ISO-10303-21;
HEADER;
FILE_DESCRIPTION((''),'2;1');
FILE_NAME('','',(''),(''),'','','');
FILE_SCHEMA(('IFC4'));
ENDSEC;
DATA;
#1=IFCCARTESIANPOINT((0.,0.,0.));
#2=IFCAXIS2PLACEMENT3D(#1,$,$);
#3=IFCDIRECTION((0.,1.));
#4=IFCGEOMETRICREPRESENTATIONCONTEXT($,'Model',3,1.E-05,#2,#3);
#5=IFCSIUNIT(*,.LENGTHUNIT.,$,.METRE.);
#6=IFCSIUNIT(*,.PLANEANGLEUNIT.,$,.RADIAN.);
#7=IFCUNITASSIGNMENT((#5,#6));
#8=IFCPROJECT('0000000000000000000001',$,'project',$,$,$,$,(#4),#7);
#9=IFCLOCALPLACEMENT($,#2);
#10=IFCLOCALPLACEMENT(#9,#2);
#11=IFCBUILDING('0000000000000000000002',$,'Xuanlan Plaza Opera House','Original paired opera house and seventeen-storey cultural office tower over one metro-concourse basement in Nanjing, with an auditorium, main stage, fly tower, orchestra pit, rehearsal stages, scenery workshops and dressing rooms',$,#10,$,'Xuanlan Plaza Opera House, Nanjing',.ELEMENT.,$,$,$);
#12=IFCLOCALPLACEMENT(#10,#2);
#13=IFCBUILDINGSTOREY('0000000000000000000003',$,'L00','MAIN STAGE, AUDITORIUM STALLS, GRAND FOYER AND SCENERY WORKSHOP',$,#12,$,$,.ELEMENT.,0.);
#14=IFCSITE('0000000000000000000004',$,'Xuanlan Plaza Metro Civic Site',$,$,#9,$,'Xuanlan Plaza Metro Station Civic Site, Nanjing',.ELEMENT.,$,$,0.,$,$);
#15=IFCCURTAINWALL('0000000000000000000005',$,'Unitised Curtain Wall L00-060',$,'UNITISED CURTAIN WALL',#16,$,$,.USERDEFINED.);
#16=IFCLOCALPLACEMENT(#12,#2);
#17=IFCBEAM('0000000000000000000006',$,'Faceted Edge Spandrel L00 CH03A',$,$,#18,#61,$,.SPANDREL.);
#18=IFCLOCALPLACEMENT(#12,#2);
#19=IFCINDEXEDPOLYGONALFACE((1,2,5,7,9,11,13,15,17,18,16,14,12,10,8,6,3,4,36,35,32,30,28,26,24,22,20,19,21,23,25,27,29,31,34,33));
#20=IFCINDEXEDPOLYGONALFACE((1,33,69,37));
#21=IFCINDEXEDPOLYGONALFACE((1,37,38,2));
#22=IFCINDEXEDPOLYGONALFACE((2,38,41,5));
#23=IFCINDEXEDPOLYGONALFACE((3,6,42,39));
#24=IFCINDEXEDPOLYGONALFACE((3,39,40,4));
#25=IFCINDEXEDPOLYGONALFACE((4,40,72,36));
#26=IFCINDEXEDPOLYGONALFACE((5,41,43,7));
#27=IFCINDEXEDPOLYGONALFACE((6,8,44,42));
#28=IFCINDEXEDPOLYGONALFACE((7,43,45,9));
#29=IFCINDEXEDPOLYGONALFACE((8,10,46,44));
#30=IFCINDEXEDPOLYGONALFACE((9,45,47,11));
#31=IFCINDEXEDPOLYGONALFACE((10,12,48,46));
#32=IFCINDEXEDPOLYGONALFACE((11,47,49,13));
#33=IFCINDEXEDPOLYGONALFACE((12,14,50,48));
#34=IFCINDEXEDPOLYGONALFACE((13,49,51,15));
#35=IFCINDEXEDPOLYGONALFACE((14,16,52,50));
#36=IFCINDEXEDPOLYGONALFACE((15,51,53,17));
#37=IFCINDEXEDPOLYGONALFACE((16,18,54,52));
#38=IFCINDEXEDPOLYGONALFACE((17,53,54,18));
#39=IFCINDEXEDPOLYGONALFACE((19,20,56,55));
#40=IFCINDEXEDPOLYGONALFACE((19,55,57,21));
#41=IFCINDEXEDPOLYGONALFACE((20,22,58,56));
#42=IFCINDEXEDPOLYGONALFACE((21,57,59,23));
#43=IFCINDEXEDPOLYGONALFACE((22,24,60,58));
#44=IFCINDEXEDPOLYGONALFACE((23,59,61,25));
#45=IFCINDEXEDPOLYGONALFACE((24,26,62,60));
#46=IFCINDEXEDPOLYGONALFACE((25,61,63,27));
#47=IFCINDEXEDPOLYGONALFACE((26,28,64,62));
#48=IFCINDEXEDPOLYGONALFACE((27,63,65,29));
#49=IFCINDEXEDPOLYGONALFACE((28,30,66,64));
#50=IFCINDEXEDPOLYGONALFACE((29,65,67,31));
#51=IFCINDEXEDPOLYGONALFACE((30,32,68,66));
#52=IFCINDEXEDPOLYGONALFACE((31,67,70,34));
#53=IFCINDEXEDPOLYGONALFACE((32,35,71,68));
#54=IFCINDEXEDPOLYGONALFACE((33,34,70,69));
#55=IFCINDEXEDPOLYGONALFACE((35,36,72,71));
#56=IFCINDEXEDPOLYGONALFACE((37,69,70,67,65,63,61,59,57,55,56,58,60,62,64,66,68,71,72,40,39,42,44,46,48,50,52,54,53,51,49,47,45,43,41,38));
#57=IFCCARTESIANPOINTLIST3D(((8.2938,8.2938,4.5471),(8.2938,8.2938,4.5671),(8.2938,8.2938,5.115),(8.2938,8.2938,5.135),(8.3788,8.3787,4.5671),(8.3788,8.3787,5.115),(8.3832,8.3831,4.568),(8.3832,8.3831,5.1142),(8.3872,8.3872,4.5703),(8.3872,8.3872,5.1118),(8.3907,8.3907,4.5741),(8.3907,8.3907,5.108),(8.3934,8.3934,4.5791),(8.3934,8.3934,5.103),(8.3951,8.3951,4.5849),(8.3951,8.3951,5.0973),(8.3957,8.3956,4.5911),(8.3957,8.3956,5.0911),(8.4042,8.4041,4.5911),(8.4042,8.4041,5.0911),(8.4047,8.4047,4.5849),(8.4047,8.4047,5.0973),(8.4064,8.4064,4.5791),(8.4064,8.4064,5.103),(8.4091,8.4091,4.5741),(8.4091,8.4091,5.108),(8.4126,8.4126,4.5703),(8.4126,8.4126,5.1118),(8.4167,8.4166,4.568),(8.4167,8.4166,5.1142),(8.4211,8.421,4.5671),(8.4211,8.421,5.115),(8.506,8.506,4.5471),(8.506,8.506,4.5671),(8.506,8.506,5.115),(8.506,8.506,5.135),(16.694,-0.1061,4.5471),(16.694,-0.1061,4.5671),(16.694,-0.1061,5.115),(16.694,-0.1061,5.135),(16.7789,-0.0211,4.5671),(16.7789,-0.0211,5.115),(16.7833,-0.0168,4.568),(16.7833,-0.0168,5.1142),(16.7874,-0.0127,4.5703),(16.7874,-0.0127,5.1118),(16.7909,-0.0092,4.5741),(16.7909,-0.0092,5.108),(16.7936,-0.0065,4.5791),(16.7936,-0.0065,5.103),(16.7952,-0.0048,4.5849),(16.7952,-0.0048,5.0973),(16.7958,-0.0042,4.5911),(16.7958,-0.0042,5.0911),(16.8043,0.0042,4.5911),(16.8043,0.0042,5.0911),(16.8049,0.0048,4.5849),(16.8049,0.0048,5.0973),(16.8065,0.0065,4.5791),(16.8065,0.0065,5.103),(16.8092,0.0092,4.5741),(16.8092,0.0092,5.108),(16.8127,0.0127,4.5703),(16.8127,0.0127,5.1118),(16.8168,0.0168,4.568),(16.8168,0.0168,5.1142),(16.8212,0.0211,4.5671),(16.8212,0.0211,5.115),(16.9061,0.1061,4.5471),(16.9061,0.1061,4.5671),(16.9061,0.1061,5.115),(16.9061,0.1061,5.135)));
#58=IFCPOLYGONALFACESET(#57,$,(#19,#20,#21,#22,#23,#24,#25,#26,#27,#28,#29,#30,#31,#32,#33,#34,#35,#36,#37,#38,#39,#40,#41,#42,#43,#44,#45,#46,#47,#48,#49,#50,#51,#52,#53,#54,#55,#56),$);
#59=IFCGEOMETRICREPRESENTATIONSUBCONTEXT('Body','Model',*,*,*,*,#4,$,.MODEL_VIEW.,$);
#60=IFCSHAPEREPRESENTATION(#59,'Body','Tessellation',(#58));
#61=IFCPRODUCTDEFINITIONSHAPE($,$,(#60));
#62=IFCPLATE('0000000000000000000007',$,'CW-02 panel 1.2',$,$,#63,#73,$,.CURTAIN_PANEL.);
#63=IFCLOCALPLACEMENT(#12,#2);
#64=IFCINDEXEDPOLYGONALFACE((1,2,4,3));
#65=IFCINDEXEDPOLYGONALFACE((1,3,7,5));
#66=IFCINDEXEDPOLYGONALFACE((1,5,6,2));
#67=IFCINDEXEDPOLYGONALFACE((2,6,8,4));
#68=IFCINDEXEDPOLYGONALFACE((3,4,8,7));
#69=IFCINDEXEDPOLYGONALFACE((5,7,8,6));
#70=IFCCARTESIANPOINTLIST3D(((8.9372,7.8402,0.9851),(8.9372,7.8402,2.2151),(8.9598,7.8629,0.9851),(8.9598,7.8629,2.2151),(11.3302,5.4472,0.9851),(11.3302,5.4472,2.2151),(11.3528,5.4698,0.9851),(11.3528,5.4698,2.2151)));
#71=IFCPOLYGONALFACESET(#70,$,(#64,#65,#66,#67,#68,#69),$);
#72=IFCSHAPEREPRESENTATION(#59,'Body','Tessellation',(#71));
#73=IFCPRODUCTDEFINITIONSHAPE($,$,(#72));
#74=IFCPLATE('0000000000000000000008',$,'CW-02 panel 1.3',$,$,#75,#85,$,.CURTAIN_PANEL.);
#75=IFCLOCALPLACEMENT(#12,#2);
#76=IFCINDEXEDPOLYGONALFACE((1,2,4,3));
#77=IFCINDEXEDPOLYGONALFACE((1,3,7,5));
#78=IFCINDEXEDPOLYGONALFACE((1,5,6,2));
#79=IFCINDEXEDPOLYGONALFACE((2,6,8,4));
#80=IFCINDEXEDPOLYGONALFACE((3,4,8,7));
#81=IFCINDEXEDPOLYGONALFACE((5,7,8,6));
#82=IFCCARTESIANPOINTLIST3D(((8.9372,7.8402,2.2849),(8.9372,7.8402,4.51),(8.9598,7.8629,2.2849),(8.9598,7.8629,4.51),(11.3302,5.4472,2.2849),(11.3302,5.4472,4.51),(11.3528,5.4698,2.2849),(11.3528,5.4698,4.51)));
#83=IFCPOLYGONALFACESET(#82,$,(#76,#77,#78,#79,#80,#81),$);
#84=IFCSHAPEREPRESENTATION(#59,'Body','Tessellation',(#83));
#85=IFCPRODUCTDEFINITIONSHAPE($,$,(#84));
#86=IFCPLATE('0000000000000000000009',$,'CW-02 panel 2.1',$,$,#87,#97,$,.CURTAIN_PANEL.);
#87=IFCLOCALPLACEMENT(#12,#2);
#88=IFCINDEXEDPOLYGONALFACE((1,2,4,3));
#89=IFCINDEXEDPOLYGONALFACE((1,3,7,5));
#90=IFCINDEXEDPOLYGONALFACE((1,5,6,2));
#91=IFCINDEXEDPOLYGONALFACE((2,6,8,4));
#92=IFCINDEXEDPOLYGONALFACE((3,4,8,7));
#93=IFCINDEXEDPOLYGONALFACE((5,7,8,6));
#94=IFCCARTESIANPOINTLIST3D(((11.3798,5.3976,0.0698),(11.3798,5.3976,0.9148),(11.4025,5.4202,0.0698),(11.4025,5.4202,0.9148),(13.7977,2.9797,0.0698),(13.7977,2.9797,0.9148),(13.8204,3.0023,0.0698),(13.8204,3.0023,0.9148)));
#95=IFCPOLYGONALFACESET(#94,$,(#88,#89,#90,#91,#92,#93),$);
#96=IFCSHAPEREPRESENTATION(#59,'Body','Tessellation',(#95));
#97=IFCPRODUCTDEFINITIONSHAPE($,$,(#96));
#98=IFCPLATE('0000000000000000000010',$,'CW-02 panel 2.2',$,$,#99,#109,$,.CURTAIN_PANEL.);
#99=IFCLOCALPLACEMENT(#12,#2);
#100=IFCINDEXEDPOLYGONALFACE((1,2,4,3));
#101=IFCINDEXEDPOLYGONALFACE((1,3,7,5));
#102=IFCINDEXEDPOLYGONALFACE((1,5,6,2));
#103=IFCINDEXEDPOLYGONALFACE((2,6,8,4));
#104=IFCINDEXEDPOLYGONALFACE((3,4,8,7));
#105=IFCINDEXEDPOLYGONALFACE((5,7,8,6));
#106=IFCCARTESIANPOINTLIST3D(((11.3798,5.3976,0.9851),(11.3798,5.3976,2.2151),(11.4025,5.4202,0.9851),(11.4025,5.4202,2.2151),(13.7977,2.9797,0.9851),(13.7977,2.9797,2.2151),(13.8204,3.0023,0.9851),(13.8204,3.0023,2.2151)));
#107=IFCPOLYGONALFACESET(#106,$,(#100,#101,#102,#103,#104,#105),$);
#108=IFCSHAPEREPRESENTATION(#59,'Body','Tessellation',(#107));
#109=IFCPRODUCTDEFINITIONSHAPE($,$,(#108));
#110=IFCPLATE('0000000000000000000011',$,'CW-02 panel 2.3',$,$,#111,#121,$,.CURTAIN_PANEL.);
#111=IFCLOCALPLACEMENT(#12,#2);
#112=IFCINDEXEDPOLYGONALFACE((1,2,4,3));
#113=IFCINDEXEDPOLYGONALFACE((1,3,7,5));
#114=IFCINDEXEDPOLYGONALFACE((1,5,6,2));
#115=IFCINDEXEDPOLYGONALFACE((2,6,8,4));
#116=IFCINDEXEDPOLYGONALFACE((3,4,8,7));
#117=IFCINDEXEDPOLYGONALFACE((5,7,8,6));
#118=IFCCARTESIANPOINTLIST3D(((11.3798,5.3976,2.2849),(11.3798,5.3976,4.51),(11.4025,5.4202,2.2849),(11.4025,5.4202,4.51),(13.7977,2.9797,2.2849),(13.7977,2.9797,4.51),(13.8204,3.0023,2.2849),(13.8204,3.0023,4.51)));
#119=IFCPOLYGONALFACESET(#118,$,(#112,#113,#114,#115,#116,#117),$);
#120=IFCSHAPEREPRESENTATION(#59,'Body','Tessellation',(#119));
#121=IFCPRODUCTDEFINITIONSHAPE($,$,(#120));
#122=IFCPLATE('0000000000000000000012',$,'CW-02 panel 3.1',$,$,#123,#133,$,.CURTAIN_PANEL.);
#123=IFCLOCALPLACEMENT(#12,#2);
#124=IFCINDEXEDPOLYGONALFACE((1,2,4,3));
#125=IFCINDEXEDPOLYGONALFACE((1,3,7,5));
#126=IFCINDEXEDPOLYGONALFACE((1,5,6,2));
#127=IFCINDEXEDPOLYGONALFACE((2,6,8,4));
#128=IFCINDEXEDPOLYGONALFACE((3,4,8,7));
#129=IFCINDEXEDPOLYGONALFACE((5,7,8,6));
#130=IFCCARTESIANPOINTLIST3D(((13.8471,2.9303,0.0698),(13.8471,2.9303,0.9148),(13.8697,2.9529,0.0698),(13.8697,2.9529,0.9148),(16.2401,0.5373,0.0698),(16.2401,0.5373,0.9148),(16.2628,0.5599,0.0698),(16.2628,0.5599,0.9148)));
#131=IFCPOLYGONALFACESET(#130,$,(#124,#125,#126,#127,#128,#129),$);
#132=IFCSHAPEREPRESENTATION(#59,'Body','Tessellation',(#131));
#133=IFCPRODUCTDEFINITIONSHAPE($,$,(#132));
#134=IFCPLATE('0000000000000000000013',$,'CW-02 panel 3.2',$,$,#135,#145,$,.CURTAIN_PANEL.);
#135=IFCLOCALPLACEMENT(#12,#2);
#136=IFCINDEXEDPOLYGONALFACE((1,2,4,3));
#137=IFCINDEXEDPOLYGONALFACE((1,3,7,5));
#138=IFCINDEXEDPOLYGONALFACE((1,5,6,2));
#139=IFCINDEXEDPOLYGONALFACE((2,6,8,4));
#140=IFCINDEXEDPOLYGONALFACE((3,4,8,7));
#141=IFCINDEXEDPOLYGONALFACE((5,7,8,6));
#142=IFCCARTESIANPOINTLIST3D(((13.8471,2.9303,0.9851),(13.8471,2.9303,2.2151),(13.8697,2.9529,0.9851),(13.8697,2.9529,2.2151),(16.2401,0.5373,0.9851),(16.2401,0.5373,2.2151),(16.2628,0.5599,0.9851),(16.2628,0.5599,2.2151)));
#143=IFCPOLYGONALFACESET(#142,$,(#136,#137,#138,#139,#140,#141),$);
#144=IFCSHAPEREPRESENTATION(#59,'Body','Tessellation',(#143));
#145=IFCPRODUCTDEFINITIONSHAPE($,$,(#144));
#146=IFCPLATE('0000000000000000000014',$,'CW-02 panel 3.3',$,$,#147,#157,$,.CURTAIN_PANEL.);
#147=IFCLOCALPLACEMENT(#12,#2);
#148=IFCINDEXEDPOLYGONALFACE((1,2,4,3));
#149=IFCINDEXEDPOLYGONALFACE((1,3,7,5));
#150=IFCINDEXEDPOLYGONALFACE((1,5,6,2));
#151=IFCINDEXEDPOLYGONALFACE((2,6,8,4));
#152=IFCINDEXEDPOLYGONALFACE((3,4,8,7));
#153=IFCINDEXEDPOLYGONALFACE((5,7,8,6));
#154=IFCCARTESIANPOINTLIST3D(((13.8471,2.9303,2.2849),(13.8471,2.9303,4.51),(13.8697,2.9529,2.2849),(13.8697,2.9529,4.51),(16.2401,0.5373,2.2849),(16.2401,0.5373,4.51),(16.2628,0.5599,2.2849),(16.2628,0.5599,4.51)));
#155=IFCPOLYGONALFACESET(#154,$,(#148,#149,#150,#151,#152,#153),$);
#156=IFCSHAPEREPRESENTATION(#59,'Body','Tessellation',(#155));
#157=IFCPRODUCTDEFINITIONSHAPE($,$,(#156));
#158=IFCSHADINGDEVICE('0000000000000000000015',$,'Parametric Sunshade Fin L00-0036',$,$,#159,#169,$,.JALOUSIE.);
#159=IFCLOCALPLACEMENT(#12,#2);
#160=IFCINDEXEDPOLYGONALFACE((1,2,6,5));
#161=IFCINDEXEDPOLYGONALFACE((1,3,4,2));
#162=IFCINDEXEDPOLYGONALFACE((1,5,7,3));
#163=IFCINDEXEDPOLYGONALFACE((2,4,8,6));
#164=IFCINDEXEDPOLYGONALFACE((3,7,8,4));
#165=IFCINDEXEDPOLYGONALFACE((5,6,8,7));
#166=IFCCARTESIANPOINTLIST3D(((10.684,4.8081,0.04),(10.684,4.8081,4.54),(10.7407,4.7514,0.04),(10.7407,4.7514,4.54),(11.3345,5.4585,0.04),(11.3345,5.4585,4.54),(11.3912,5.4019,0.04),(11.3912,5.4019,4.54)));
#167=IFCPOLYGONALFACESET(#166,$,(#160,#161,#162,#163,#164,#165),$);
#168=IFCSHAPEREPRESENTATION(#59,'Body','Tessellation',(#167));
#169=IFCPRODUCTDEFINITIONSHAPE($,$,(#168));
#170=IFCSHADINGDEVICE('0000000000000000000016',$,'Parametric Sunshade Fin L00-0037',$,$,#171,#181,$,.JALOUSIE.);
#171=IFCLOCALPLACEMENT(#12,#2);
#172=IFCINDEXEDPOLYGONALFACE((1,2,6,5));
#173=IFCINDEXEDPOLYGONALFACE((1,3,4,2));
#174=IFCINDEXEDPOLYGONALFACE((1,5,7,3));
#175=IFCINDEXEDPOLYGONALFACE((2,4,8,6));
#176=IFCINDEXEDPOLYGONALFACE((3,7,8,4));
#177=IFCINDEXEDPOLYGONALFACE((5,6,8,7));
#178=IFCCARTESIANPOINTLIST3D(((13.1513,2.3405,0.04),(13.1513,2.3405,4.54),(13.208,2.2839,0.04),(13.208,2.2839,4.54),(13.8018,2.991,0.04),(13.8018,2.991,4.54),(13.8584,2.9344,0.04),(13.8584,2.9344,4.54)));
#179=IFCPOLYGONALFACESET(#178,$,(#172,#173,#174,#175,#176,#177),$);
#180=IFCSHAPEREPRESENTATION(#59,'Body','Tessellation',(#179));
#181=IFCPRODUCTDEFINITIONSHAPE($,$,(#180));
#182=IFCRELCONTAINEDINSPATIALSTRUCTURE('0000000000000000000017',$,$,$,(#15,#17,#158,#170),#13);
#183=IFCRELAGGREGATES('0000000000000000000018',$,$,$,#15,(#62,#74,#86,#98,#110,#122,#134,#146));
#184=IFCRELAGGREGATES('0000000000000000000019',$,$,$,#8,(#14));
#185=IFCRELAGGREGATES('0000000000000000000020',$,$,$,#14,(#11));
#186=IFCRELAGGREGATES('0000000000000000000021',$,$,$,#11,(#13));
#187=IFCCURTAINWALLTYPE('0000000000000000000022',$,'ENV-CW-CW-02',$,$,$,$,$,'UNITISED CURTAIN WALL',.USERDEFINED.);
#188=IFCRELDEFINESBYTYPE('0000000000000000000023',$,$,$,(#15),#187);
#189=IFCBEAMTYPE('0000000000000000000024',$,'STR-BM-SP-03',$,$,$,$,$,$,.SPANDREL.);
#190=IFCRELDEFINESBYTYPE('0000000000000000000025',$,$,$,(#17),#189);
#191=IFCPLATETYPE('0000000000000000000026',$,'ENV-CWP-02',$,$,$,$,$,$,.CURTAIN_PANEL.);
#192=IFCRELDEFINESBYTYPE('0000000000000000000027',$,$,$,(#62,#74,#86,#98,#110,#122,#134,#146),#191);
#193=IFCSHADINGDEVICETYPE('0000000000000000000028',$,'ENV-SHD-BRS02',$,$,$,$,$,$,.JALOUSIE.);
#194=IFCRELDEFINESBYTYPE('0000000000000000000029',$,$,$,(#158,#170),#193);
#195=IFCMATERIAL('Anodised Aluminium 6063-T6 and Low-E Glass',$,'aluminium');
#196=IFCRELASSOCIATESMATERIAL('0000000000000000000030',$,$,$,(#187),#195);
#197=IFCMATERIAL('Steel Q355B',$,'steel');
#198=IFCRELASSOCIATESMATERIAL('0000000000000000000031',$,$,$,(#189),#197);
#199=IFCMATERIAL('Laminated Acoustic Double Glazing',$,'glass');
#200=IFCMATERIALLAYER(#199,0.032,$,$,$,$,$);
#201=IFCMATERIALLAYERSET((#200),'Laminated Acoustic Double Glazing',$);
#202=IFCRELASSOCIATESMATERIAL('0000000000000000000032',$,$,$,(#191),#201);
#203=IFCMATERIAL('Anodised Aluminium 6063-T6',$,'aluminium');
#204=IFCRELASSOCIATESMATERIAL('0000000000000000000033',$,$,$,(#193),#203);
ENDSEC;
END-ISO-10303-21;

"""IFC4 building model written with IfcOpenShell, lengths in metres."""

from ifc_helpers import new_model, si_unit, direction, frame, origin, origin_2d, place, context, subcontext, project, spatial, rectangle, i_section, extrude, material, layer, layer_set, material_profile, profile_set, type_object, element, aggregate, save


model = new_model("IFC4")

# Units and contexts
model_context = context("Model", 3, precision=1e-05, world=origin(), true_north=direction((0.0, 1.0)))
body_context = subcontext(model_context, "Body", "Model", "MODEL_VIEW")
ifc_project = project(units=[si_unit("LENGTHUNIT", "METRE"), si_unit("PLANEANGLEUNIT", "RADIAN")], contexts=[model_context])

# Site, building, storey
site_placement = place(None, origin())
site = spatial("IfcSite", under=ifc_project, at=site_placement, Name="Xuanlan Plaza Metro Civic Site", LongName="Xuanlan Plaza Metro Station Civic Site, Nanjing", CompositionType="ELEMENT", RefElevation=0.0)
building_placement = place(site_placement, origin())
building = spatial("IfcBuilding", under=site, at=building_placement, Name="Xuanlan Plaza Opera House", Description="Original paired opera house and seventeen-storey cultural office tower over one metro-concourse basement in Nanjing, with an auditorium, main stage, fly tower, orchestra pit, rehearsal stages, scenery workshops and dressing rooms", LongName="Xuanlan Plaza Opera House, Nanjing", CompositionType="ELEMENT")
storey_placement = place(building_placement, origin())
storey = spatial("IfcBuildingStorey", under=building, at=storey_placement, Name="L00", Description="MAIN STAGE, AUDITORIUM STALLS, GRAND FOYER AND SCENERY WORKSHOP", CompositionType="ELEMENT", Elevation=0.0)

# Curtain wall
ifc_material_1 = material(Name="Anodised Aluminium 6063-T6 and Low-E Glass", Category="aluminium")
curtain_wall_type = type_object("IfcCurtainWallType", Name="ENV-CW-CW-02", ElementType="UNITISED CURTAIN WALL", PredefinedType="USERDEFINED", material=ifc_material_1)
curtain_wall_placement = place(storey_placement, origin())
curtain_wall = element("IfcCurtainWall", 1, at=curtain_wall_placement, inside=storey, type_object=curtain_wall_type, Name="Unitised Curtain Wall L00-060", ObjectType="UNITISED CURTAIN WALL", PredefinedType="USERDEFINED")
ifc_material_2 = material(Name="Anodised Aluminium 6063-T6", Category="aluminium")

# Beam
ifc_material_3 = material(Name="Steel Q355B", Category="steel")
ifc_material_profile_1 = material_profile(ifc_material_3, i_section(OverallWidth=0.3, OverallDepth=0.5879, WebThickness=0.012, FlangeThickness=0.02, FilletRadius=0.0239, at=origin_2d()), Name="HM 588x300x12x20")
ifc_profile_set_1 = profile_set([ifc_material_profile_1], Name="Steel Q355B")
beam_type_1 = type_object("IfcBeamType", Name="STR-BM-SP-03", PredefinedType="SPANDREL", material=ifc_profile_set_1)
beam_1_placement = place(storey_placement, frame((16.8, 0.0, 4.8411), z_axis=(-0.707117, 0.707097, 0.0), x_axis=(-0.707097, -0.707117, 0.0)))
element("IfcBeam", 2, at=beam_1_placement, inside=storey, type_object=beam_type_1, Name="Faceted Edge Spandrel L00 CH03A", PredefinedType="SPANDREL", context=body_context, shape_type="SweptSolid", body=[
    extrude(i_section(OverallWidth=0.3, OverallDepth=0.5879, WebThickness=0.012, FlangeThickness=0.02, FilletRadius=0.0239, at=origin_2d()), origin(), (0.0, 0.0, 1.0), 11.8794),
])

# Plates
ifc_material_4 = material(Name="Laminated Acoustic Double Glazing", Category="glass")
ifc_layer_1 = layer(ifc_material_4, 0.032)
ifc_layer_set_1 = layer_set([ifc_layer_1], Name="Laminated Acoustic Double Glazing")
plate_type = type_object("IfcPlateType", Name="ENV-CWP-02", PredefinedType="CURTAIN_PANEL", material=ifc_layer_set_1)
plate_1_placement = place(storey_placement, frame((10.145, 6.655, 0.9851), z_axis=(0.0, 0.0, 1.0), x_axis=(0.707107, -0.707107, 0.0)))
plate_1 = element("IfcPlate", 3, at=plate_1_placement, type_object=plate_type, Name="CW-02 panel 1.2", PredefinedType="CURTAIN_PANEL", context=body_context, shape_type="SweptSolid", body=[
    extrude(rectangle(XDim=3.3843, YDim=0.032, at=origin_2d()), origin(), (0.0, 0.0, 1.0), 1.23),
])
plate_2_placement = place(storey_placement, frame((10.145, 6.655, 2.2849), z_axis=(0.0, 0.0, 1.0), x_axis=(0.707107, -0.707107, 0.0)))
plate_2 = element("IfcPlate", 4, at=plate_2_placement, type_object=plate_type, Name="CW-02 panel 1.3", PredefinedType="CURTAIN_PANEL", context=body_context, shape_type="SweptSolid", body=[
    extrude(rectangle(XDim=3.3843, YDim=0.032, at=origin_2d()), origin(), (0.0, 0.0, 1.0), 2.2251),
])
plate_3_placement = place(storey_placement, frame((12.6001, 4.2, 0.0698), z_axis=(0.0, 0.0, 1.0), x_axis=(0.707107, -0.707107, 0.0)))
plate_3 = element("IfcPlate", 5, at=plate_3_placement, type_object=plate_type, Name="CW-02 panel 2.1", PredefinedType="CURTAIN_PANEL", context=body_context, shape_type="SweptSolid", body=[
    extrude(rectangle(XDim=3.4194, YDim=0.032, at=origin_2d()), origin(), (0.0, 0.0, 1.0), 0.845),
])
plate_4_placement = place(storey_placement, frame((12.6001, 4.2, 0.9851), z_axis=(0.0, 0.0, 1.0), x_axis=(0.707107, -0.707107, 0.0)))
plate_4 = element("IfcPlate", 6, at=plate_4_placement, type_object=plate_type, Name="CW-02 panel 2.2", PredefinedType="CURTAIN_PANEL", context=body_context, shape_type="SweptSolid", body=[
    extrude(rectangle(XDim=3.4194, YDim=0.032, at=origin_2d()), origin(), (0.0, 0.0, 1.0), 1.23),
])
plate_5_placement = place(storey_placement, frame((12.6001, 4.2, 2.2849), z_axis=(0.0, 0.0, 1.0), x_axis=(0.707107, -0.707107, 0.0)))
plate_5 = element("IfcPlate", 7, at=plate_5_placement, type_object=plate_type, Name="CW-02 panel 2.3", PredefinedType="CURTAIN_PANEL", context=body_context, shape_type="SweptSolid", body=[
    extrude(rectangle(XDim=3.4194, YDim=0.032, at=origin_2d()), origin(), (0.0, 0.0, 1.0), 2.2251),
])
plate_6_placement = place(storey_placement, frame((15.0549, 1.7451, 0.0698), z_axis=(0.0, 0.0, 1.0), x_axis=(0.707107, -0.707107, 0.0)))
plate_6 = element("IfcPlate", 8, at=plate_6_placement, type_object=plate_type, Name="CW-02 panel 3.1", PredefinedType="CURTAIN_PANEL", context=body_context, shape_type="SweptSolid", body=[
    extrude(rectangle(XDim=3.3843, YDim=0.032, at=origin_2d()), origin(), (0.0, 0.0, 1.0), 0.845),
])
plate_7_placement = place(storey_placement, frame((15.0549, 1.7451, 0.9851), z_axis=(0.0, 0.0, 1.0), x_axis=(0.707107, -0.707107, 0.0)))
plate_7 = element("IfcPlate", 9, at=plate_7_placement, type_object=plate_type, Name="CW-02 panel 3.2", PredefinedType="CURTAIN_PANEL", context=body_context, shape_type="SweptSolid", body=[
    extrude(rectangle(XDim=3.3843, YDim=0.032, at=origin_2d()), origin(), (0.0, 0.0, 1.0), 1.23),
])
plate_8_placement = place(storey_placement, frame((15.0549, 1.7451, 2.2849), z_axis=(0.0, 0.0, 1.0), x_axis=(0.707107, -0.707107, 0.0)))
plate_8 = element("IfcPlate", 10, at=plate_8_placement, type_object=plate_type, Name="CW-02 panel 3.3", PredefinedType="CURTAIN_PANEL", context=body_context, shape_type="SweptSolid", body=[
    extrude(rectangle(XDim=3.3843, YDim=0.032, at=origin_2d()), origin(), (0.0, 0.0, 1.0), 2.2251),
])
aggregate(curtain_wall, [plate_1, plate_2, plate_3, plate_4, plate_5, plate_6, plate_7, plate_8])

# Shading devices
shading_device_type = type_object("IfcShadingDeviceType", Name="ENV-SHD-BRS02", PredefinedType="JALOUSIE", material=ifc_material_2)
for number, where, z_axis, x_axis, name in (
    (11, (11.0376, 5.105, 0.04), (0.0, 0.0, 1.0), (-0.707107, -0.707107, 0.0), "Parametric Sunshade Fin L00-0036"),
    (12, (13.5049, 2.6375, 0.04), (0.0, 0.0, 1.0), (-0.707107, -0.707107, 0.0), "Parametric Sunshade Fin L00-0037"),
):
    element("IfcShadingDevice", number, at=place(storey_placement, frame(where, z_axis=z_axis, x_axis=x_axis)), inside=storey, type_object=shading_device_type, Name=name, PredefinedType="JALOUSIE", context=body_context, shape_type="SweptSolid", body=[
        extrude(rectangle(XDim=0.9199, YDim=0.0801, at=origin_2d()), origin(), (0.0, 0.0, 1.0), 4.5),
    ])

save(model, "model.ifc")
